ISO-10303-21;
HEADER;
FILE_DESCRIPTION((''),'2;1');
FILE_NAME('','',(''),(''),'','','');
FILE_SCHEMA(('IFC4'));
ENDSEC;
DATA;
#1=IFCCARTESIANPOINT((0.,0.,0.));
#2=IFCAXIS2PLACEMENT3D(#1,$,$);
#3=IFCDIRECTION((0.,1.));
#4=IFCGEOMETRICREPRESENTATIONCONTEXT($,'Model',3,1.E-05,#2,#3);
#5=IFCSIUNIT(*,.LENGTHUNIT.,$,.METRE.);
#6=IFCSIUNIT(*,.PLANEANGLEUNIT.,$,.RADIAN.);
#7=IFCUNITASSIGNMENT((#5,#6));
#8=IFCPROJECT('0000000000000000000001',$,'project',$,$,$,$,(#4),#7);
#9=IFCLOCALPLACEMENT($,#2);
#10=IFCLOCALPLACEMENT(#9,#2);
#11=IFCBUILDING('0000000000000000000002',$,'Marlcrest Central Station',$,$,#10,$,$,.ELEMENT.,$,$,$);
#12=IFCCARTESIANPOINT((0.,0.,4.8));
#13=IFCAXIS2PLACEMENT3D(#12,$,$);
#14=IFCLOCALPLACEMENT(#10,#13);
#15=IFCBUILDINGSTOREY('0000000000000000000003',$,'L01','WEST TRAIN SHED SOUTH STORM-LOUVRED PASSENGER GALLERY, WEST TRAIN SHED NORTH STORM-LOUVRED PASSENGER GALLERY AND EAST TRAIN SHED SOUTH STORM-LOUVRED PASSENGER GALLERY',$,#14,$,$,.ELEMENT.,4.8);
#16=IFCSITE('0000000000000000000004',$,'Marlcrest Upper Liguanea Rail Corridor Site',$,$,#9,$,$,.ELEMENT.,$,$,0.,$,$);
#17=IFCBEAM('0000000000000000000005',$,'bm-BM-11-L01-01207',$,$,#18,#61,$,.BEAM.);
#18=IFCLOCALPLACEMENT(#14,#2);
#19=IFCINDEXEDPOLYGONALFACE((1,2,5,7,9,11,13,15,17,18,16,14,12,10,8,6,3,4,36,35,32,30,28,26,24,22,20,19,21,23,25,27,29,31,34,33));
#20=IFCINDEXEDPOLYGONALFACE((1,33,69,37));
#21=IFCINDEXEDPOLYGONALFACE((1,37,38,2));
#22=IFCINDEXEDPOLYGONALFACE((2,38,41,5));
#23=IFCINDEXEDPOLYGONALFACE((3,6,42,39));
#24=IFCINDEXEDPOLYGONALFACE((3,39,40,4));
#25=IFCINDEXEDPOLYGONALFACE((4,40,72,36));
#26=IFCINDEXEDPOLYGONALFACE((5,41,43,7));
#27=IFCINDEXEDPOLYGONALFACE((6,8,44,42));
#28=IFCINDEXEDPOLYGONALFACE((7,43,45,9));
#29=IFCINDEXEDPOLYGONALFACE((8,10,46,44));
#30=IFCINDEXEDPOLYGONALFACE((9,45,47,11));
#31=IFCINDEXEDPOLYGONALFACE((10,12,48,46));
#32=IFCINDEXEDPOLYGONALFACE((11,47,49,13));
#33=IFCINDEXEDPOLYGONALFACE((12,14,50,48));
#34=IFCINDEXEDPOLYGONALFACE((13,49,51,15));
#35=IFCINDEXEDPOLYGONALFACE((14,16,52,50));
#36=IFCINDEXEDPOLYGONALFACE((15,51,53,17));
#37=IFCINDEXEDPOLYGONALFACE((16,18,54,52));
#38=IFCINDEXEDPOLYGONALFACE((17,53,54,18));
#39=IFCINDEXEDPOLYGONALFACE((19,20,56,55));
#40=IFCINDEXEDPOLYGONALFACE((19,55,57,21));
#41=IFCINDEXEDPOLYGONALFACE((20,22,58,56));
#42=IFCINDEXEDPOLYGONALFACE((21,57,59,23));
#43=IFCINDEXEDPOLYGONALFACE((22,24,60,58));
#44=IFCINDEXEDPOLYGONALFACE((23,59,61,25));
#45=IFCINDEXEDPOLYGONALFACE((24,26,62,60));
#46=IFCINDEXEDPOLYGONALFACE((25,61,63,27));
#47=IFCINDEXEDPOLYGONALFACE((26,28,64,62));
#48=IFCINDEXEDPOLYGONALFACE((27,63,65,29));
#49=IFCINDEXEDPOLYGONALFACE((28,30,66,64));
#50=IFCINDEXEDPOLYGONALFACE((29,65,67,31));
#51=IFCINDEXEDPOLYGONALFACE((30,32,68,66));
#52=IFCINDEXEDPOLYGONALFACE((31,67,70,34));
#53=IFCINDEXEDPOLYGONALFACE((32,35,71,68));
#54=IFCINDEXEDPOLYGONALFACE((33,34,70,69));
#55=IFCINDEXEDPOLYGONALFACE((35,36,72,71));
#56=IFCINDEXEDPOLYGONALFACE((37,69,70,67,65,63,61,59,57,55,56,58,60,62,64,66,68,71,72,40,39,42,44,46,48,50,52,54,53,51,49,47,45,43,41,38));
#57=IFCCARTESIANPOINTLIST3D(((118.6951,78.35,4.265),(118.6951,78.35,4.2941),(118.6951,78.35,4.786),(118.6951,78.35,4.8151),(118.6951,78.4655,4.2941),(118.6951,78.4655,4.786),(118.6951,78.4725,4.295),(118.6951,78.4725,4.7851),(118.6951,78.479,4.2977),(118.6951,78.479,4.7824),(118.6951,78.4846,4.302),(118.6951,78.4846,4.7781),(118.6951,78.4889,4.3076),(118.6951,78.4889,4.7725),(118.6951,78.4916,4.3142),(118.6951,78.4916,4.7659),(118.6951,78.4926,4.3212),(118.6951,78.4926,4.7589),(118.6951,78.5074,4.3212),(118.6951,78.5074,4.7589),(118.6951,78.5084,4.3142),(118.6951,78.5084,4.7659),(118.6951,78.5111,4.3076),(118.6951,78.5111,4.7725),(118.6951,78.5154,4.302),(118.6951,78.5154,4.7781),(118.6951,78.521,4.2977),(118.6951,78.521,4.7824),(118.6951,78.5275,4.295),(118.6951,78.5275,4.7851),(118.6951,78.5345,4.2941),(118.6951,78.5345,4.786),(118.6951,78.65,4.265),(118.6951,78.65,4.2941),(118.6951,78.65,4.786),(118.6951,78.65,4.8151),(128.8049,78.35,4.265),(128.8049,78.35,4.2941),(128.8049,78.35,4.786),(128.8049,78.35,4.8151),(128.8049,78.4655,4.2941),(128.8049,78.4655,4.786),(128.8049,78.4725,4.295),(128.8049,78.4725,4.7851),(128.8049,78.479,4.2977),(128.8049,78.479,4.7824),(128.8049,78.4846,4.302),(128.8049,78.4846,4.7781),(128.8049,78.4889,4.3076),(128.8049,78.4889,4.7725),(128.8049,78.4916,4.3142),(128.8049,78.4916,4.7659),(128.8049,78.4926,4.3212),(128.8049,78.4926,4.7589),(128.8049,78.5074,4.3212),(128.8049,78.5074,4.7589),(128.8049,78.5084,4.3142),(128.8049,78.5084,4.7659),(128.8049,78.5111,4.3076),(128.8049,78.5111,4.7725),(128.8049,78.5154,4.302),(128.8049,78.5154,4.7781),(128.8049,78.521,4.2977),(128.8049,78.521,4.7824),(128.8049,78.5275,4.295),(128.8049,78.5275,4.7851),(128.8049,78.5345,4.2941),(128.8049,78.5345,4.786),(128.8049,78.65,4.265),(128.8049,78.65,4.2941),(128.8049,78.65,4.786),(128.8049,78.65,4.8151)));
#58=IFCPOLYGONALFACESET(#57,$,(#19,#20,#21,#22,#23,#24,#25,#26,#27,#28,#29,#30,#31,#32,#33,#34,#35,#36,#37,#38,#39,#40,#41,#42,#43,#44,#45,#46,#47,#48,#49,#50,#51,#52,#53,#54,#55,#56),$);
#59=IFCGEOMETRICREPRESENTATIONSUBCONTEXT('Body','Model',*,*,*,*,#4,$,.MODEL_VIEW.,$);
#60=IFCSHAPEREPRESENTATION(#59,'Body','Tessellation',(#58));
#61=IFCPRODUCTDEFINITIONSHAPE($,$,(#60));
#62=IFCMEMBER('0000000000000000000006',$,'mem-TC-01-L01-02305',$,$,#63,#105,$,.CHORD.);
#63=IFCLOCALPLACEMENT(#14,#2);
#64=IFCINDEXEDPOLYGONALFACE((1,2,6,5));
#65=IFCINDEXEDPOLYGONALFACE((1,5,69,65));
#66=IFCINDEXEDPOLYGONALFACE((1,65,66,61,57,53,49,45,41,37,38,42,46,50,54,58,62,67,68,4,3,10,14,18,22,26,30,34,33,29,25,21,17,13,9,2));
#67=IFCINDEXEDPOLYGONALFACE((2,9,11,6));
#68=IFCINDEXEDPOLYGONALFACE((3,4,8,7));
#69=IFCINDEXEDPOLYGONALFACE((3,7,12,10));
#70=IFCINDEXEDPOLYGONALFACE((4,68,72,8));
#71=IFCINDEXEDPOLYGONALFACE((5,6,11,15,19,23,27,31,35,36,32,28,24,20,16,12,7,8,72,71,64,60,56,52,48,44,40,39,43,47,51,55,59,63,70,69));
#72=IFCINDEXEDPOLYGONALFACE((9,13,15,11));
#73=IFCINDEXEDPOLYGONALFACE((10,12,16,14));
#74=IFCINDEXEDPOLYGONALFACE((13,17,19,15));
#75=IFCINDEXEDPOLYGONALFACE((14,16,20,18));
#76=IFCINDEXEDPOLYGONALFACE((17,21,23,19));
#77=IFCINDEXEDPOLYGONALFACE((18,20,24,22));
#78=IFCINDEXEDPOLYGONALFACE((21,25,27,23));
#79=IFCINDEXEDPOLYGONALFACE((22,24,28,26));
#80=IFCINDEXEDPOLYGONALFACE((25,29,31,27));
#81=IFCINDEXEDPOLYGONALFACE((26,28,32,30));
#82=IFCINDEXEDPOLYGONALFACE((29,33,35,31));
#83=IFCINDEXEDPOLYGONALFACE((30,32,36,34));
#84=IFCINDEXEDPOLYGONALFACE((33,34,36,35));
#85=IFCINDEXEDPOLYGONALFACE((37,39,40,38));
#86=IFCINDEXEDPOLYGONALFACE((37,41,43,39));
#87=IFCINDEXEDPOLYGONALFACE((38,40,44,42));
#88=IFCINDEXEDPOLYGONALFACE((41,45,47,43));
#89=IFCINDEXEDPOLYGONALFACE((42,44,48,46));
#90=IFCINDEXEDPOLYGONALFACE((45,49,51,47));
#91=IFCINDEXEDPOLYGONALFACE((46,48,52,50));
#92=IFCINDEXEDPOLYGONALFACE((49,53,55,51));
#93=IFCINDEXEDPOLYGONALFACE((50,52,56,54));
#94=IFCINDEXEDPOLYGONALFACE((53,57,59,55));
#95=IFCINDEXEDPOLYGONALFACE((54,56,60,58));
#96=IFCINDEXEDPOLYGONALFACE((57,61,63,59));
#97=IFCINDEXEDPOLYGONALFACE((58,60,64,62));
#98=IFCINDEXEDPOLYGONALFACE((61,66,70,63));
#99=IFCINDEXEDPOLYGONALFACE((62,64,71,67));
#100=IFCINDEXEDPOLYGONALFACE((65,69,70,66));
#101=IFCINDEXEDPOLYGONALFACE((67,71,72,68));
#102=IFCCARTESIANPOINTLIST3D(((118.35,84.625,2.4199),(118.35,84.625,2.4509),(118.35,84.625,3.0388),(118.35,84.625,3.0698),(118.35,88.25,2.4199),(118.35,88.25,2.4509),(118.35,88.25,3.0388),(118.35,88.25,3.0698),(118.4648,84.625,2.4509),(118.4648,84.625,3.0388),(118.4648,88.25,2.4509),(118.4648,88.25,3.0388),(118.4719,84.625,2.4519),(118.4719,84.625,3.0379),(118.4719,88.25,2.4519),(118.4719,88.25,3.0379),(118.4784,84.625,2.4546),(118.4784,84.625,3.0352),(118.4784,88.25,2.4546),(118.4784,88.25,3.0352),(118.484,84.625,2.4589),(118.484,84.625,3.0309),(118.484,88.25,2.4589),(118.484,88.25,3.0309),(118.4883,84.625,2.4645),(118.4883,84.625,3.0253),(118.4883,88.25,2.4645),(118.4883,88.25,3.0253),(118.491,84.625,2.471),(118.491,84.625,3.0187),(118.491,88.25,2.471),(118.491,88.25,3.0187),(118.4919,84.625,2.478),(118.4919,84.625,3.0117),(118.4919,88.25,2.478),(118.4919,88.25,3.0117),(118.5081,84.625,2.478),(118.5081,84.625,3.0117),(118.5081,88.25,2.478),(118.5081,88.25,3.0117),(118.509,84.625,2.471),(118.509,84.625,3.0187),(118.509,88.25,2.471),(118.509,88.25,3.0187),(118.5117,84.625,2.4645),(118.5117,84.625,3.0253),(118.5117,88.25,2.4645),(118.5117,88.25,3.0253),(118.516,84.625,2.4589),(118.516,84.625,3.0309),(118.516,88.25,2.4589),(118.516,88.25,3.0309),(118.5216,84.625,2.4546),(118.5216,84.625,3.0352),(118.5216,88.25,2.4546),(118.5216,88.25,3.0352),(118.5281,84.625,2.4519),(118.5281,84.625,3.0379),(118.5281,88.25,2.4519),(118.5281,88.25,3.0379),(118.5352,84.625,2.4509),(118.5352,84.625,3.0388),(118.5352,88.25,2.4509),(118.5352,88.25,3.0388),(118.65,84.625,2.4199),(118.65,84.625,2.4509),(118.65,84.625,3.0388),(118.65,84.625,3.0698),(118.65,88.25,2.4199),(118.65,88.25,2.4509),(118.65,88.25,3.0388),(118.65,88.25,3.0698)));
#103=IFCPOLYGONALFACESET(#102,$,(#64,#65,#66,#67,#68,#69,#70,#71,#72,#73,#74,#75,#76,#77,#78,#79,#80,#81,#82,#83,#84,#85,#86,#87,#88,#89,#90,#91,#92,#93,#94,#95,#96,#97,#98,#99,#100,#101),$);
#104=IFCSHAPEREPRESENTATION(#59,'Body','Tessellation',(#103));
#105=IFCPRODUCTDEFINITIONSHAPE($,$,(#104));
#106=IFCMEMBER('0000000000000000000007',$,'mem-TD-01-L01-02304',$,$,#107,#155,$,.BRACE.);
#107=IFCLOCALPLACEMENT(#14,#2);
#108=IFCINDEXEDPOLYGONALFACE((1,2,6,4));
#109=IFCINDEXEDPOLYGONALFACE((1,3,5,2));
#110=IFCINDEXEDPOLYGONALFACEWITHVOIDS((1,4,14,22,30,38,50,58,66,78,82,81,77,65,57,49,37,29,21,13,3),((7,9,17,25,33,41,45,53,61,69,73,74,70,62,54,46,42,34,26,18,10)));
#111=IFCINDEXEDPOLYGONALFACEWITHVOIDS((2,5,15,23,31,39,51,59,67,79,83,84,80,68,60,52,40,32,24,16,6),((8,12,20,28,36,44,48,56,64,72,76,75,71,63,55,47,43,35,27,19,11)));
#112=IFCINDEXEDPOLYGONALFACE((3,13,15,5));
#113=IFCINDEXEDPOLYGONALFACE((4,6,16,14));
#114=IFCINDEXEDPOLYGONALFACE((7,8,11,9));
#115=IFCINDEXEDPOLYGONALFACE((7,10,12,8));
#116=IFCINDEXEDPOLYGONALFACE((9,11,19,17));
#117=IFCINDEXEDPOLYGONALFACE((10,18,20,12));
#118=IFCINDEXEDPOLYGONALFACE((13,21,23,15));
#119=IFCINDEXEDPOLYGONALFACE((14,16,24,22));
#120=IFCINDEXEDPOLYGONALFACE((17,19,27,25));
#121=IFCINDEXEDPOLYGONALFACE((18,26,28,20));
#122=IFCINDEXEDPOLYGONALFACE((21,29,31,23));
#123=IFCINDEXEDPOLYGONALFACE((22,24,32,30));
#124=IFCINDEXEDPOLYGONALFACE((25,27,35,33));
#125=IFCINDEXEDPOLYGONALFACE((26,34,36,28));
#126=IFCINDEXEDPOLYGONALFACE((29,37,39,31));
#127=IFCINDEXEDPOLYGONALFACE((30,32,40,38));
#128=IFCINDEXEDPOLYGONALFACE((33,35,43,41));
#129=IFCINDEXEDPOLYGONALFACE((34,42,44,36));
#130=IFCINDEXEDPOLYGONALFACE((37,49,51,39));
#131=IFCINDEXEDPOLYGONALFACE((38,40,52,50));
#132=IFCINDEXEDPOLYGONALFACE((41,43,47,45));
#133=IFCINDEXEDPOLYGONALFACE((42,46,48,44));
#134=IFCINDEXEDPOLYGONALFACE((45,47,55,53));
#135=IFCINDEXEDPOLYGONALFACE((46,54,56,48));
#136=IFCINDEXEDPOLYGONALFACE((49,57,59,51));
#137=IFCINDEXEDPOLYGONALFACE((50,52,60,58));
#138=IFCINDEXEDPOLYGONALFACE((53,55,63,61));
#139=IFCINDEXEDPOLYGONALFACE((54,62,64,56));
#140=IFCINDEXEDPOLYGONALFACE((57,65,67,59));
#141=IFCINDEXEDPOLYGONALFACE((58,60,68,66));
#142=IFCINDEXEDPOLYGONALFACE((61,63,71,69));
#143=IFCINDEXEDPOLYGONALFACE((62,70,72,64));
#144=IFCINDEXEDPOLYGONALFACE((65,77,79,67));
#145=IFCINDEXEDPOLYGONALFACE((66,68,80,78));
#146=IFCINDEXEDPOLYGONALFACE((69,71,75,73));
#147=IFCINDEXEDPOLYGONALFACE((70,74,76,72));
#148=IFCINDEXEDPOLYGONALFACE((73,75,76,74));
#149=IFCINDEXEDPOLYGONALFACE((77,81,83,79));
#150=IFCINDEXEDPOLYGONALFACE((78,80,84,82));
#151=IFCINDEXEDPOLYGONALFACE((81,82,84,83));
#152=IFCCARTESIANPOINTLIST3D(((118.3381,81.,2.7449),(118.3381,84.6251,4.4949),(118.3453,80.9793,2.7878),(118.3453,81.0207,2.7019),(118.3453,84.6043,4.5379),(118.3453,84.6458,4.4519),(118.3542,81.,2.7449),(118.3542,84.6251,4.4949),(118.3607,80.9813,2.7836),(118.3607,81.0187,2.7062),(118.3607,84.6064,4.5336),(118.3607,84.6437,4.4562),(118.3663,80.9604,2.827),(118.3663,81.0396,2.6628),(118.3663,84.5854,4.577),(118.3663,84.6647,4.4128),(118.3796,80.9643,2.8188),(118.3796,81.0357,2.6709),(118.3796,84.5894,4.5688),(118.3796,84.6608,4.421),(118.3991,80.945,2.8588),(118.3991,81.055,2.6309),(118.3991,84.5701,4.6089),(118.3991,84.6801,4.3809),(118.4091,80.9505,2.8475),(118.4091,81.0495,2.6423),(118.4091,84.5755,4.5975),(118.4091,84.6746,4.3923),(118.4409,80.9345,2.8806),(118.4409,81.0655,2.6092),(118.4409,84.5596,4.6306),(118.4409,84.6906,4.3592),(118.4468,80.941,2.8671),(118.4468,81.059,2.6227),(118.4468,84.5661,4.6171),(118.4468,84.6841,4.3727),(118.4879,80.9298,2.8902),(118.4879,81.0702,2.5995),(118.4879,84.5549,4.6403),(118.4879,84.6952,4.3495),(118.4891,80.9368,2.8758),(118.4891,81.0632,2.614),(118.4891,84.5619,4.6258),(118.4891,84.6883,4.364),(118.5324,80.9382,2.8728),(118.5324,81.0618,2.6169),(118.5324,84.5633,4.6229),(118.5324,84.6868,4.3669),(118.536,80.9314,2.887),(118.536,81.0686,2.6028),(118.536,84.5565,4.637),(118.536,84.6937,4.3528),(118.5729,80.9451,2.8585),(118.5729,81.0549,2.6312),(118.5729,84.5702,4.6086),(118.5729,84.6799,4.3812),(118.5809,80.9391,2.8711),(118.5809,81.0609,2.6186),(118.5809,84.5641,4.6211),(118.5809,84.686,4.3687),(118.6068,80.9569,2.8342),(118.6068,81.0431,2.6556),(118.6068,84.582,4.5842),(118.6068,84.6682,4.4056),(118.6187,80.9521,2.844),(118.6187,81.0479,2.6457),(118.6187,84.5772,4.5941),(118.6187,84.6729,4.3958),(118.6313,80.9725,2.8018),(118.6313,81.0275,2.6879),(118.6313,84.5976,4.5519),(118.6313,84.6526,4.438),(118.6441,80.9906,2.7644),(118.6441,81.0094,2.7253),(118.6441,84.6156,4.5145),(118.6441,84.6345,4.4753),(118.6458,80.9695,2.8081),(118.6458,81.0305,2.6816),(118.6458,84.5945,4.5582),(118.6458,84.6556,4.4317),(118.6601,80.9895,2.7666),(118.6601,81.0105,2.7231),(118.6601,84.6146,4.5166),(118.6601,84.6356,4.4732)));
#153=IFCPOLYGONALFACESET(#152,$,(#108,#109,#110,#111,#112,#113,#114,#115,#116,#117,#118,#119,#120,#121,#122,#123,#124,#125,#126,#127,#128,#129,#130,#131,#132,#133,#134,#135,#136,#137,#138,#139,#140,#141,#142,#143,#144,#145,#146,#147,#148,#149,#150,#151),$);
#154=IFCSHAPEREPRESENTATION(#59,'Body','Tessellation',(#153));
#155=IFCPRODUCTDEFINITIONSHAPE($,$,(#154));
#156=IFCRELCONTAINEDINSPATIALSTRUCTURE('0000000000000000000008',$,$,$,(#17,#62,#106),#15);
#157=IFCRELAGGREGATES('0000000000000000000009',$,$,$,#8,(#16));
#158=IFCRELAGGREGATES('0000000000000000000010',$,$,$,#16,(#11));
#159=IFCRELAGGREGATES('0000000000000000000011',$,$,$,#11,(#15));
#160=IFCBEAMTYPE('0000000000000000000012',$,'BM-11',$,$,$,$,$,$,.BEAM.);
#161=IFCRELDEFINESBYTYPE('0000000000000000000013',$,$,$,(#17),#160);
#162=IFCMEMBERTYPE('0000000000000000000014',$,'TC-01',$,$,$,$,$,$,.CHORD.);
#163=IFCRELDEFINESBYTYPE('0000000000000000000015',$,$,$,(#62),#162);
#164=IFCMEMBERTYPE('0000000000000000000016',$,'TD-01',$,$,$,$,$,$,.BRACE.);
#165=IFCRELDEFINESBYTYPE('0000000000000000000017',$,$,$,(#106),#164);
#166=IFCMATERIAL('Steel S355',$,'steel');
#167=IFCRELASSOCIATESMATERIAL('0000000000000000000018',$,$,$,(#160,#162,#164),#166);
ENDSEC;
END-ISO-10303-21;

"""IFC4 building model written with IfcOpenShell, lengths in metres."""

from ifc_helpers import new_model, si_unit, direction, frame, origin, origin_2d, place, context, subcontext, project, spatial, hollow_circle, i_section, extrude, material, material_profile, profile_set, type_object, element, save


model = new_model("IFC4")

# Units and contexts
model_context = context("Model", 3, precision=1e-05, world=origin(), true_north=direction((0.0, 1.0)))
body_context = subcontext(model_context, "Body", "Model", "MODEL_VIEW")
ifc_project = project(units=[si_unit("LENGTHUNIT", "METRE"), si_unit("PLANEANGLEUNIT", "RADIAN")], contexts=[model_context])

# Site, building, storey
site_placement = place(None, origin())
site = spatial("IfcSite", under=ifc_project, at=site_placement, Name="Marlcrest Upper Liguanea Rail Corridor Site", CompositionType="ELEMENT", RefElevation=0.0)
building_placement = place(site_placement, origin())
building = spatial("IfcBuilding", under=site, at=building_placement, Name="Marlcrest Central Station", CompositionType="ELEMENT")
storey_placement = place(building_placement, frame((0.0, 0.0, 4.8)))
storey = spatial("IfcBuildingStorey", under=building, at=storey_placement, Name="L01", Description="WEST TRAIN SHED SOUTH STORM-LOUVRED PASSENGER GALLERY, WEST TRAIN SHED NORTH STORM-LOUVRED PASSENGER GALLERY AND EAST TRAIN SHED SOUTH STORM-LOUVRED PASSENGER GALLERY", CompositionType="ELEMENT", Elevation=4.8)

# Beam
ifc_material_1 = material(Name="Steel S355", Category="steel")
ifc_material_profile_1 = material_profile(ifc_material_1, i_section(OverallWidth=0.3, OverallDepth=0.55, WebThickness=0.0149, FlangeThickness=0.0291, FilletRadius=0.0271, at=origin_2d()), Name="HEB 550")
ifc_profile_set_1 = profile_set([ifc_material_profile_1], Name="Steel S355")
beam_type_1 = type_object("IfcBeamType", Name="BM-11", PredefinedType="BEAM", material=ifc_profile_set_1)
beam_1_placement = place(storey_placement, frame((118.6951, 78.5, 4.54), z_axis=(1.0, 0.0, 0.0), x_axis=(0.0, 1.0, 0.0)))
element("IfcBeam", 1, at=beam_1_placement, inside=storey, type_object=beam_type_1, Name="bm-BM-11-L01-01207", PredefinedType="BEAM", context=body_context, shape_type="SweptSolid", body=[
    extrude(i_section(OverallWidth=0.3, OverallDepth=0.55, WebThickness=0.0149, FlangeThickness=0.0291, FilletRadius=0.0271, at=origin_2d()), origin(), (0.0, 0.0, 1.0), 10.1099),
])

# Members
ifc_material_profile_2 = material_profile(ifc_material_1, i_section(OverallWidth=0.3, OverallDepth=0.6499, WebThickness=0.0161, FlangeThickness=0.031, FilletRadius=0.0271, at=origin_2d()), Name="HEB 650")
ifc_profile_set_2 = profile_set([ifc_material_profile_2], Name="Steel S355")
member_type_1 = type_object("IfcMemberType", Name="TC-01", PredefinedType="CHORD", material=ifc_profile_set_2)
member_placement = place(storey_placement, frame((118.5, 84.625, 2.7449), z_axis=(0.0, 1.0, 0.0), x_axis=(-1.0, 0.0, 0.0)))
element("IfcMember", 2, at=member_placement, inside=storey, type_object=member_type_1, Name="mem-TC-01-L01-02305", PredefinedType="CHORD", context=body_context, shape_type="SweptSolid", body=[
    extrude(i_section(OverallWidth=0.3, OverallDepth=0.6499, WebThickness=0.0161, FlangeThickness=0.031, FilletRadius=0.0271, at=origin_2d()), origin(), (0.0, 0.0, 1.0), 3.625),
])
ifc_material_profile_3 = material_profile(ifc_material_1, hollow_circle(Radius=0.1619, WallThickness=0.0161, at=origin_2d()), Name="CHS 323.9x16")
ifc_profile_set_3 = profile_set([ifc_material_profile_3], Name="Steel S355")
member_type_2 = type_object("IfcMemberType", Name="TD-01", PredefinedType="BRACE", material=ifc_profile_set_3)
for number, where, z_axis, x_axis, name in (
    (3, (118.5, 81.0, 2.7449), (0.0, 0.900552, 0.434749), (-1.0, 0.0, 0.0), "mem-TD-01-L01-02304"),
):
    element("IfcMember", number, at=place(storey_placement, frame(where, z_axis=z_axis, x_axis=x_axis)), inside=storey, type_object=member_type_2, Name=name, PredefinedType="BRACE", context=body_context, shape_type="SweptSolid", body=[
        extrude(hollow_circle(Radius=0.1619, WallThickness=0.0161, at=origin_2d()), origin(), (0.0, 0.0, 1.0), 4.0254),
    ])

save(model, "model.ifc")
